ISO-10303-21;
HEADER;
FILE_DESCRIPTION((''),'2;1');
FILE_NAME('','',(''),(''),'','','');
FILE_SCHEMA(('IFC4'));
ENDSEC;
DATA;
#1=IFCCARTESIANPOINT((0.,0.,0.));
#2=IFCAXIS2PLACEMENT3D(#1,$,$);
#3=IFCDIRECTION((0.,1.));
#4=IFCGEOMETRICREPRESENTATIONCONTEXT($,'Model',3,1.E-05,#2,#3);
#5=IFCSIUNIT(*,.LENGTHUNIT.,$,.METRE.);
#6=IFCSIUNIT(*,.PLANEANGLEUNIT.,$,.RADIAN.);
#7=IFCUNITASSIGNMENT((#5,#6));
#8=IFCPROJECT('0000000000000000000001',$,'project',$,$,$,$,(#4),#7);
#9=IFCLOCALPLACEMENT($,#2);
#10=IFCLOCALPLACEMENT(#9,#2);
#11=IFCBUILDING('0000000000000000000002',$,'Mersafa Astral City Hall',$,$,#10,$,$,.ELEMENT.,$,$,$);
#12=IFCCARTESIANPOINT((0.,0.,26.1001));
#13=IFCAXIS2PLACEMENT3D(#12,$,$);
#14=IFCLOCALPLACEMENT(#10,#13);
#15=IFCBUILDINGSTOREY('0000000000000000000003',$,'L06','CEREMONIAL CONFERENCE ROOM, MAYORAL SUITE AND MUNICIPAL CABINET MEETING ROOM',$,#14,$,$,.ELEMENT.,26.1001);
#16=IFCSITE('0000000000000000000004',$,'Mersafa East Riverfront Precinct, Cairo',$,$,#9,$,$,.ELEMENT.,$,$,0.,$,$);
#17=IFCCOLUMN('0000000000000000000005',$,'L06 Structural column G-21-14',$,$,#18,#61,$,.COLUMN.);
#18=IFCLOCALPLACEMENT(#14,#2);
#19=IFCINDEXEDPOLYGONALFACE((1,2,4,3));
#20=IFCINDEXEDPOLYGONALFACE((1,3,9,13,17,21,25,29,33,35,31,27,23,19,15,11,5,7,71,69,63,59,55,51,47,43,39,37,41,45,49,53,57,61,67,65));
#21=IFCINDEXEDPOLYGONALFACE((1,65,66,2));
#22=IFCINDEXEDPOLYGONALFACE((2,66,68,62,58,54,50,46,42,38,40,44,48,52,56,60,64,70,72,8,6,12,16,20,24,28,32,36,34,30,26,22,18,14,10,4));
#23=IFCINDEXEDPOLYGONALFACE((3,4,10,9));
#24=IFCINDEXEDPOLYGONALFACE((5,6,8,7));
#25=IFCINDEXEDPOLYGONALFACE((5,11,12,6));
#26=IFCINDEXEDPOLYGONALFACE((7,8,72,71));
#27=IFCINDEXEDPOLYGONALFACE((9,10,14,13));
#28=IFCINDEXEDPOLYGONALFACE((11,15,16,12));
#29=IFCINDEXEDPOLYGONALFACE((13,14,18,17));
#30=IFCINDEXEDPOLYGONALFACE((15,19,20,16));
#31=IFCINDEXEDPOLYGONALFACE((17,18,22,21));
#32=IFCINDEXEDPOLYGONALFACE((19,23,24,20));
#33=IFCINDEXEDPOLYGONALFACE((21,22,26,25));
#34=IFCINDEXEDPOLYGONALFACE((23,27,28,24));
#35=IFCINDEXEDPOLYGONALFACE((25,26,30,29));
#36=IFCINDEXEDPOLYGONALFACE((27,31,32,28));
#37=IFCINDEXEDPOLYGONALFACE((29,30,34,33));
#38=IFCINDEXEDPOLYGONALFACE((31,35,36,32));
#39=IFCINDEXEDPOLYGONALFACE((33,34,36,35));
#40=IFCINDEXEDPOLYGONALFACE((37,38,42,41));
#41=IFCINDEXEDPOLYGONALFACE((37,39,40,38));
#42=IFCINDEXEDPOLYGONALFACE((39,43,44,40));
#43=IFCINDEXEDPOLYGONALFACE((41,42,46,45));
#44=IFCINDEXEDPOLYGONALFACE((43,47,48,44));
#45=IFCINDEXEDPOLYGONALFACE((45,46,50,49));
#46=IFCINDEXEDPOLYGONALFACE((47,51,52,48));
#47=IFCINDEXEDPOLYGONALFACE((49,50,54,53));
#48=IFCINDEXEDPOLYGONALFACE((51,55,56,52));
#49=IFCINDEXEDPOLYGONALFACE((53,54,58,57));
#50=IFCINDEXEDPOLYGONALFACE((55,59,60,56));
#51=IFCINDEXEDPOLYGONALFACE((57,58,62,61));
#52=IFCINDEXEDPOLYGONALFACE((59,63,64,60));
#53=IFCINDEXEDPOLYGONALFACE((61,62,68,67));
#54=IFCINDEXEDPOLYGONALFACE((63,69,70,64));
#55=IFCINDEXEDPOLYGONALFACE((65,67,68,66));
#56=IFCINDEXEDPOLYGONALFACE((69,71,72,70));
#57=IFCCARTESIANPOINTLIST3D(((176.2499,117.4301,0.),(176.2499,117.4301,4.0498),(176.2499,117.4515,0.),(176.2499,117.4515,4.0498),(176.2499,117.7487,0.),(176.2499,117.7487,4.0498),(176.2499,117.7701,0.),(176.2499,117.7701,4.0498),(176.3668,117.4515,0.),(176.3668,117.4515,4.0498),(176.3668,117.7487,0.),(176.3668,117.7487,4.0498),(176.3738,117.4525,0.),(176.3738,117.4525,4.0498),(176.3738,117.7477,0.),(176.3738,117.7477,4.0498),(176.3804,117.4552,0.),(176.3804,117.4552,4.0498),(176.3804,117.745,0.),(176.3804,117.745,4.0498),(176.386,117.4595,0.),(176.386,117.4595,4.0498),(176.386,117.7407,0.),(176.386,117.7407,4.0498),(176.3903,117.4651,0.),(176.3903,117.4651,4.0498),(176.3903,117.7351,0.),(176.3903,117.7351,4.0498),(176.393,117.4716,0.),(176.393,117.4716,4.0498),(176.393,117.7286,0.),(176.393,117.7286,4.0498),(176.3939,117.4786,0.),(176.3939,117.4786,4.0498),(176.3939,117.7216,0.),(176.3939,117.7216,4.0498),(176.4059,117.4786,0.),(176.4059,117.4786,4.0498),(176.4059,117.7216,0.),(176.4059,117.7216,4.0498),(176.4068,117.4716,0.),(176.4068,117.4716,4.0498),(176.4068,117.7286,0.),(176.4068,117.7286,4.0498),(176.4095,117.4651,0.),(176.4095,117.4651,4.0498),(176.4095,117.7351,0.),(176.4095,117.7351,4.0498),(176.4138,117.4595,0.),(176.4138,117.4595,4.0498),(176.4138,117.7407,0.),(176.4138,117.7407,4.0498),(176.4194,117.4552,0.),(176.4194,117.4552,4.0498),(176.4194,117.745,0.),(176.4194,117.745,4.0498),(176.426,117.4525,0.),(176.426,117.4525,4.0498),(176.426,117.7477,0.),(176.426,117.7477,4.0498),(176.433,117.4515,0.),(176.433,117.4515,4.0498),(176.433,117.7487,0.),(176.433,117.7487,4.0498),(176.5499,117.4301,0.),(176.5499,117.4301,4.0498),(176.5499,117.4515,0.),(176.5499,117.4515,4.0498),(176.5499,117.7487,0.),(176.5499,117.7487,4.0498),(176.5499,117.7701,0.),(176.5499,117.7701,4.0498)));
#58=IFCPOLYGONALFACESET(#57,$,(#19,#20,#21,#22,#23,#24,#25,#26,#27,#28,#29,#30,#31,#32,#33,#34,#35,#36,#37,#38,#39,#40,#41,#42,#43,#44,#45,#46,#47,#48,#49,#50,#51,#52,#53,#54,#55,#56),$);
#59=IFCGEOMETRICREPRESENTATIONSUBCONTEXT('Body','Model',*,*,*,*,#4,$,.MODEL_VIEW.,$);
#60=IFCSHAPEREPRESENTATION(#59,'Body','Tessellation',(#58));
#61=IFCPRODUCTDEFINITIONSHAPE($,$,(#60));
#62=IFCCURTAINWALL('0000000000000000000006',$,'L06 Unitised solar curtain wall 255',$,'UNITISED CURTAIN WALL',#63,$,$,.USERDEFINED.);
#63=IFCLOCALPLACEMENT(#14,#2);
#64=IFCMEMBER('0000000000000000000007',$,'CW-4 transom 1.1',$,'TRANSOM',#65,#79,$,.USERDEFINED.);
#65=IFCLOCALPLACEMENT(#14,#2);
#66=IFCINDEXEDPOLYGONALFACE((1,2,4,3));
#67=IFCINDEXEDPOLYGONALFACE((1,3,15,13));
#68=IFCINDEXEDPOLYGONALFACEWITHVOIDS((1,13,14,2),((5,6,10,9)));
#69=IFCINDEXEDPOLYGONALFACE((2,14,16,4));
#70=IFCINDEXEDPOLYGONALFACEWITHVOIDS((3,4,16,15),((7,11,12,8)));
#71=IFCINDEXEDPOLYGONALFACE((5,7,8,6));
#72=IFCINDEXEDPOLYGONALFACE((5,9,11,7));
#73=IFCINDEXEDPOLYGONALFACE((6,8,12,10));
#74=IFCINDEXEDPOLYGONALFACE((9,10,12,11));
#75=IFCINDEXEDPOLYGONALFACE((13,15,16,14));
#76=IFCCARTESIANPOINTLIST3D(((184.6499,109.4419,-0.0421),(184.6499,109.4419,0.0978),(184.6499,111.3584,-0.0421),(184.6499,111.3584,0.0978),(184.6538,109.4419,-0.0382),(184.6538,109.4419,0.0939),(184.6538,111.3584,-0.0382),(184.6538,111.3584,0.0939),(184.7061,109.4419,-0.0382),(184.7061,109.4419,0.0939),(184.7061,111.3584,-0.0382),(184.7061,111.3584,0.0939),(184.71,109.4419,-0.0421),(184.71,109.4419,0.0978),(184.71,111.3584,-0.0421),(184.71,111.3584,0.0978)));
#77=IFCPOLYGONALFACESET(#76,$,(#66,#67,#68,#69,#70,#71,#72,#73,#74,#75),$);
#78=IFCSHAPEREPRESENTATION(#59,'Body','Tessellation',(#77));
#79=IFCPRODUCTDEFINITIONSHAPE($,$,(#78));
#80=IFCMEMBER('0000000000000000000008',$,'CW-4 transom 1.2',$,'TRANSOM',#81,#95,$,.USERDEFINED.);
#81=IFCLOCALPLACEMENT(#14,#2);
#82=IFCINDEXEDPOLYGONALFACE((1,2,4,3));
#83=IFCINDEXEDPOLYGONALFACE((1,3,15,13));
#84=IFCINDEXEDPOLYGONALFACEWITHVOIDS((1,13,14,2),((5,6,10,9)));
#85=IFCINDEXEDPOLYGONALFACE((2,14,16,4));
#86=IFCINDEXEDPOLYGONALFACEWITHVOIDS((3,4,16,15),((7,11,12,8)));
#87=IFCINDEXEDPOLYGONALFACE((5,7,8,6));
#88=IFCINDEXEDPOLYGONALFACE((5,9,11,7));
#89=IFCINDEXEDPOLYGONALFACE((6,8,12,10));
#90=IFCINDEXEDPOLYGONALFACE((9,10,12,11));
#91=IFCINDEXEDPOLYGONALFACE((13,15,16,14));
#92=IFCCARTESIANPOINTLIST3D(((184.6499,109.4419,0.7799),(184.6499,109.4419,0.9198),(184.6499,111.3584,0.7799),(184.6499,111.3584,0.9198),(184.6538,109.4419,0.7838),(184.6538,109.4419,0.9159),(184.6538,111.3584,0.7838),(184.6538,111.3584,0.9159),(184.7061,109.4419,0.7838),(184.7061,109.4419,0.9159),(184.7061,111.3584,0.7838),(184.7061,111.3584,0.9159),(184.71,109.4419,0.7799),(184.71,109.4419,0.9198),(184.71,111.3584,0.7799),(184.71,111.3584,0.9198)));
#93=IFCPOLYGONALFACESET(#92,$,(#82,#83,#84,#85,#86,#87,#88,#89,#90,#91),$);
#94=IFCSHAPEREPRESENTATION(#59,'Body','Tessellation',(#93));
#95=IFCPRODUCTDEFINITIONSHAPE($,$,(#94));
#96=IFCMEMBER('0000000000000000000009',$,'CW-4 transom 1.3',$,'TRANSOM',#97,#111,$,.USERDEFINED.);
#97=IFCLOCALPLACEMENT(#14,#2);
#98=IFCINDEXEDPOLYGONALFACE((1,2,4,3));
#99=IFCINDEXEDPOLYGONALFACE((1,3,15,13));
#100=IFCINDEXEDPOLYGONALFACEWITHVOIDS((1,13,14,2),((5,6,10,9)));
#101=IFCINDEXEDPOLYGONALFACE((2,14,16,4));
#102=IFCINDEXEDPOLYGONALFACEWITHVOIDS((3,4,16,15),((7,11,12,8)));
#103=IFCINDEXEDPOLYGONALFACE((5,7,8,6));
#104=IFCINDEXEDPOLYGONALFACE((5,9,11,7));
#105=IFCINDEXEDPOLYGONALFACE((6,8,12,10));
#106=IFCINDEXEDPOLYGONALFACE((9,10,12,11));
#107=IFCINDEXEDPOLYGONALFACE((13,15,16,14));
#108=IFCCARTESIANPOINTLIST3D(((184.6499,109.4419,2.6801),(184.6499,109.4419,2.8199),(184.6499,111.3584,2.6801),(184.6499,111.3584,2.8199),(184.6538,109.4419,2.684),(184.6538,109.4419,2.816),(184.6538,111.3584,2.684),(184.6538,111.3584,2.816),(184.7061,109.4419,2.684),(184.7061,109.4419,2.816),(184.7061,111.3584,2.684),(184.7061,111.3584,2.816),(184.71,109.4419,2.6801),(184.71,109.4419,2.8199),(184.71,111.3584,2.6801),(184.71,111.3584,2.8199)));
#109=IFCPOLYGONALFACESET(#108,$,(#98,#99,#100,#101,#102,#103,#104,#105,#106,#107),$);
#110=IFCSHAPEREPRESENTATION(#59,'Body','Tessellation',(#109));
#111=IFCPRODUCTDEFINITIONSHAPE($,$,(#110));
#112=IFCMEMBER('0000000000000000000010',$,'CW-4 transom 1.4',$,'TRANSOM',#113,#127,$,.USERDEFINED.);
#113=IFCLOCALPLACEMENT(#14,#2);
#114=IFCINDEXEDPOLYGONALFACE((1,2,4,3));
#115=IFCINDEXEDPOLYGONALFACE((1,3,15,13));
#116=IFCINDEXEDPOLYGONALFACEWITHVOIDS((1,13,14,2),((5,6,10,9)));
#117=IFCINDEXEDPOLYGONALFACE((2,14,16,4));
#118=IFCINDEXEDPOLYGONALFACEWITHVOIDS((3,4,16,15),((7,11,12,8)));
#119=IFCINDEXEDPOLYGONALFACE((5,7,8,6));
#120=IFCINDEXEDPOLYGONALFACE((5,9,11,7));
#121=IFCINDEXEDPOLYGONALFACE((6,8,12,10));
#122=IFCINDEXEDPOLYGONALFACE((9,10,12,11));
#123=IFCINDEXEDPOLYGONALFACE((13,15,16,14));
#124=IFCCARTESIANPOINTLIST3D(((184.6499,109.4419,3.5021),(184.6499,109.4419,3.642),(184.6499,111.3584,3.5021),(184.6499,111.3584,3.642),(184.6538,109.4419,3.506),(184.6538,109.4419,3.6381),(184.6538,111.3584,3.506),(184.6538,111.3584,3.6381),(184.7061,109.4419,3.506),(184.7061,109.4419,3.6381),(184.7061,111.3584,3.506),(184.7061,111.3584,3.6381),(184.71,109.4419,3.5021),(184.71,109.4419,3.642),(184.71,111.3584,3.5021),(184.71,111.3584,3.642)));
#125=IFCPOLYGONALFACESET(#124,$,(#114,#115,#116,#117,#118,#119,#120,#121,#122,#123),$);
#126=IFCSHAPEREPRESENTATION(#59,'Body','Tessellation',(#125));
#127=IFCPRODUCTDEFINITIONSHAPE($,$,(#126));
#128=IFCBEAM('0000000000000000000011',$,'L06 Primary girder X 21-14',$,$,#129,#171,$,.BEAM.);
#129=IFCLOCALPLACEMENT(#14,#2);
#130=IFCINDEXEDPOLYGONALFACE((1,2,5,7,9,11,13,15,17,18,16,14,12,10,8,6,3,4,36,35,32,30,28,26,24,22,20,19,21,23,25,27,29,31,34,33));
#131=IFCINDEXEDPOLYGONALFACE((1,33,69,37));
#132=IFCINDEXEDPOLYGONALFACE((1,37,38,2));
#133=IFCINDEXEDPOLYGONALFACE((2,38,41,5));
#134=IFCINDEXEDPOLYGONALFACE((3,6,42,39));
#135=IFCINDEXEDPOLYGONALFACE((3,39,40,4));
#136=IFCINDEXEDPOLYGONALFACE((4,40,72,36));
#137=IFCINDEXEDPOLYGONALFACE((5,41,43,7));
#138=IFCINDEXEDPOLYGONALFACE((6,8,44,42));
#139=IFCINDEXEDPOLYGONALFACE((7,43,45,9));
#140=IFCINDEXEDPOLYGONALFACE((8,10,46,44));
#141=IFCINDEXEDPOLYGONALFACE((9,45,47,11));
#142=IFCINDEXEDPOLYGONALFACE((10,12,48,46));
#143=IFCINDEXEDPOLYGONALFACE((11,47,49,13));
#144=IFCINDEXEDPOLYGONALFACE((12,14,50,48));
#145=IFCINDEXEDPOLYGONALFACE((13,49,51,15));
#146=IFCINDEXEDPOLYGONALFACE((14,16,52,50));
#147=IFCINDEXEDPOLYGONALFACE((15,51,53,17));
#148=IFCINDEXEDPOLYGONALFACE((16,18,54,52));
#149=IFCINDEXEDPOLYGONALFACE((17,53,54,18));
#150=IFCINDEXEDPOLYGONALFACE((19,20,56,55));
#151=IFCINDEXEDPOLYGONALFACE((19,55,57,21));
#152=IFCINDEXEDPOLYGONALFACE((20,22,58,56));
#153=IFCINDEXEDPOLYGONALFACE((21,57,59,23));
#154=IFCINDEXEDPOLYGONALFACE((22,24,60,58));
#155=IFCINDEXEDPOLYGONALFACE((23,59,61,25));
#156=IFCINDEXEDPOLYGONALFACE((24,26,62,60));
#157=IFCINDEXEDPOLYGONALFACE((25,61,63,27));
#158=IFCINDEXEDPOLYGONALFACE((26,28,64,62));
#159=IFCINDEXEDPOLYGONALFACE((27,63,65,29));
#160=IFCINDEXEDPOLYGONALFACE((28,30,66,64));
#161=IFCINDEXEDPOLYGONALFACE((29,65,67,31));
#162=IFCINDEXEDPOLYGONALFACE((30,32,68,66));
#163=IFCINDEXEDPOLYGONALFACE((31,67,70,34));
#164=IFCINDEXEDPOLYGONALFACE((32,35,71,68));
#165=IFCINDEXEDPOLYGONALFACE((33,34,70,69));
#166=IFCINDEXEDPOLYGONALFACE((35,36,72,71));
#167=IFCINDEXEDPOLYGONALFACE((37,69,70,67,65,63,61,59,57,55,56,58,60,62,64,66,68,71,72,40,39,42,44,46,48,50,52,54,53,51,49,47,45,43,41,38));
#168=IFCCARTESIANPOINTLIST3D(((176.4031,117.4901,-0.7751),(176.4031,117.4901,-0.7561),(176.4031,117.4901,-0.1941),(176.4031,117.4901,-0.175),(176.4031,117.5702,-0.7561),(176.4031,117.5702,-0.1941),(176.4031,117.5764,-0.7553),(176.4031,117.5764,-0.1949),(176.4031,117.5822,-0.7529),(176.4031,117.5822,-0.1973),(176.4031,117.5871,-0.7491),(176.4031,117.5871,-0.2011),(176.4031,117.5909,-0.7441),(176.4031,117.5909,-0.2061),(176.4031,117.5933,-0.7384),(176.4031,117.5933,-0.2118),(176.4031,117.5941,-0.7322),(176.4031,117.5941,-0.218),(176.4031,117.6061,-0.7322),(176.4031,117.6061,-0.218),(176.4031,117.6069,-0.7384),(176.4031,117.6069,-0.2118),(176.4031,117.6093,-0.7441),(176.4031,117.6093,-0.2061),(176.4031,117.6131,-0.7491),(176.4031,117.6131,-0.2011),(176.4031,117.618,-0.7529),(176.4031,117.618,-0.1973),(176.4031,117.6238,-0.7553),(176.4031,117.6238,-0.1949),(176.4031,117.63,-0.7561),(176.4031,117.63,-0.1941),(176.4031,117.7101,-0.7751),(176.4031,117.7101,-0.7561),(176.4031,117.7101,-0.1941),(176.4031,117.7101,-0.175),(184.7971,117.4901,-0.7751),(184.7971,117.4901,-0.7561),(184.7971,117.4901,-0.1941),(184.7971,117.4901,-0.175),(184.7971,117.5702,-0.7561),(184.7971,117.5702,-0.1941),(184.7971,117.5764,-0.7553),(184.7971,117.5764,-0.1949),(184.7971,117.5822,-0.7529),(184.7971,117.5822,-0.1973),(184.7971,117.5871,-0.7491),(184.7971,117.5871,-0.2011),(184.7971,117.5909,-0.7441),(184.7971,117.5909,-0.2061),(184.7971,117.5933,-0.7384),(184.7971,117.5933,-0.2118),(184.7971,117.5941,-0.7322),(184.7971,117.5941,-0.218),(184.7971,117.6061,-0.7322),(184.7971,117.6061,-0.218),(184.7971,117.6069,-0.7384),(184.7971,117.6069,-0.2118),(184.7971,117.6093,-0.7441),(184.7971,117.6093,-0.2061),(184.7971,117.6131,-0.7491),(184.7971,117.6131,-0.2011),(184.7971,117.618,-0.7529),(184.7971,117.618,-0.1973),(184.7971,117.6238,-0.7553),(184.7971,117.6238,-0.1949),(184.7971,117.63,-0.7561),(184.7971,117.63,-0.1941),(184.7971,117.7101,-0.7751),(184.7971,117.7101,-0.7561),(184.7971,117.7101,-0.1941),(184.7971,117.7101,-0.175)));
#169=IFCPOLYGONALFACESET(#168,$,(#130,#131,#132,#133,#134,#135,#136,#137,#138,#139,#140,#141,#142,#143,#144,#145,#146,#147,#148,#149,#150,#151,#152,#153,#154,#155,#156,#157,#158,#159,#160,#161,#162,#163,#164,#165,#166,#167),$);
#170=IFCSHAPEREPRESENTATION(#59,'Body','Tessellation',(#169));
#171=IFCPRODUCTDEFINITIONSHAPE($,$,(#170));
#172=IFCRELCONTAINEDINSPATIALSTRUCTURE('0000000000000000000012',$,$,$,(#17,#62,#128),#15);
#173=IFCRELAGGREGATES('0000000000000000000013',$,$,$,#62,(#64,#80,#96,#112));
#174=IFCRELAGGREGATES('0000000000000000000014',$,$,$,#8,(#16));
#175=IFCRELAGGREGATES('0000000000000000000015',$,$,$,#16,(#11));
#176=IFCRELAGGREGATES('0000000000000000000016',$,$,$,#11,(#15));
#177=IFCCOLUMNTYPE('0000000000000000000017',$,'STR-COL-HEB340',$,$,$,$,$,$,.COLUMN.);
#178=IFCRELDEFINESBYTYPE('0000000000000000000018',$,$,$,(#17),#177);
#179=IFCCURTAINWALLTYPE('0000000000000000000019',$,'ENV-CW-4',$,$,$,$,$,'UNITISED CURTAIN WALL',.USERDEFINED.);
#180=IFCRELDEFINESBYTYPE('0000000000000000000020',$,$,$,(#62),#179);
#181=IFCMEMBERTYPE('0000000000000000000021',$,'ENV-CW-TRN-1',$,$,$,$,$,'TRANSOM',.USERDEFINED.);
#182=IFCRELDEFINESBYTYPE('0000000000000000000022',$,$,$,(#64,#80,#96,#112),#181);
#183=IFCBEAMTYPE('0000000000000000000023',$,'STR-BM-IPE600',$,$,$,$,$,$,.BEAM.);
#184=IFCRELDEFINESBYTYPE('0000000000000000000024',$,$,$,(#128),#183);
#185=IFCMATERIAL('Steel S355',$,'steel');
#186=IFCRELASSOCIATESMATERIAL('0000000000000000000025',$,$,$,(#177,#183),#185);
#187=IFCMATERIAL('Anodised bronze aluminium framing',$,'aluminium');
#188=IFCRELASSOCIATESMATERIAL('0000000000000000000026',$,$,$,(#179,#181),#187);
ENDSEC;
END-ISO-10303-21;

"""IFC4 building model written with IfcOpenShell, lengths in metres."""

from ifc_helpers import new_model, si_unit, direction, frame, origin, origin_2d, place, context, subcontext, project, spatial, hollow_rectangle, i_section, extrude, material, material_profile, profile_set, type_object, element, aggregate, save


model = new_model("IFC4")

# Units and contexts
model_context = context("Model", 3, precision=1e-05, world=origin(), true_north=direction((0.0, 1.0)))
body_context = subcontext(model_context, "Body", "Model", "MODEL_VIEW")
ifc_project = project(units=[si_unit("LENGTHUNIT", "METRE"), si_unit("PLANEANGLEUNIT", "RADIAN")], contexts=[model_context])

# Site, building, storey
site_placement = place(None, origin())
site = spatial("IfcSite", under=ifc_project, at=site_placement, Name="Mersafa East Riverfront Precinct, Cairo", CompositionType="ELEMENT", RefElevation=0.0)
building_placement = place(site_placement, origin())
building = spatial("IfcBuilding", under=site, at=building_placement, Name="Mersafa Astral City Hall", CompositionType="ELEMENT")
storey_placement = place(building_placement, frame((0.0, 0.0, 26.1001)))
storey = spatial("IfcBuildingStorey", under=building, at=storey_placement, Name="L06", Description="CEREMONIAL CONFERENCE ROOM, MAYORAL SUITE AND MUNICIPAL CABINET MEETING ROOM", CompositionType="ELEMENT", Elevation=26.1001)

# Column
ifc_material_1 = material(Name="Steel S355", Category="steel")
ifc_material_profile_1 = material_profile(ifc_material_1, i_section(OverallWidth=0.3, OverallDepth=0.3401, WebThickness=0.012, FlangeThickness=0.0215, FilletRadius=0.0271, at=origin_2d()), Name="HEB 340")
ifc_profile_set_1 = profile_set([ifc_material_profile_1], Name="Steel S355")
column_type = type_object("IfcColumnType", Name="STR-COL-HEB340", PredefinedType="COLUMN", material=ifc_profile_set_1)
column_placement = place(storey_placement, frame((176.3999, 117.6001, 0.0), z_axis=(0.0, 0.0, 1.0), x_axis=(1.0, 0.0, 0.0)))
element("IfcColumn", 1, at=column_placement, inside=storey, type_object=column_type, Name="L06 Structural column G-21-14", PredefinedType="COLUMN", context=body_context, shape_type="SweptSolid", body=[
    extrude(i_section(OverallWidth=0.3, OverallDepth=0.3401, WebThickness=0.012, FlangeThickness=0.0215, FilletRadius=0.0271, at=origin_2d()), origin(), (0.0, 0.0, 1.0), 4.0498),
])

# Curtain wall, members
ifc_material_2 = material(Name="Anodised bronze aluminium framing", Category="aluminium")
curtain_wall_type = type_object("IfcCurtainWallType", Name="ENV-CW-4", ElementType="UNITISED CURTAIN WALL", PredefinedType="USERDEFINED", material=ifc_material_2)
curtain_wall_placement = place(storey_placement, origin())
curtain_wall = element("IfcCurtainWall", 2, at=curtain_wall_placement, inside=storey, type_object=curtain_wall_type, Name="L06 Unitised solar curtain wall 255", ObjectType="UNITISED CURTAIN WALL", PredefinedType="USERDEFINED")
ifc_material_profile_2 = material_profile(ifc_material_2, hollow_rectangle(XDim=0.0601, YDim=0.1399, WallThickness=0.0039, at=origin_2d()), Name="RHS 60x140x4")
ifc_profile_set_2 = profile_set([ifc_material_profile_2], Name="Anodised bronze aluminium framing")
member_type = type_object("IfcMemberType", Name="ENV-CW-TRN-1", ElementType="TRANSOM", PredefinedType="USERDEFINED", material=ifc_profile_set_2)
member_1_placement = place(storey_placement, frame((184.6799, 109.4419, 0.0278), z_axis=(0.0, 1.0, 0.0), x_axis=(-1.0, 0.0, 0.0)))
member_1 = element("IfcMember", 3, at=member_1_placement, type_object=member_type, Name="CW-4 transom 1.1", ObjectType="TRANSOM", PredefinedType="USERDEFINED", context=body_context, shape_type="SweptSolid", body=[
    extrude(hollow_rectangle(XDim=0.0601, YDim=0.1399, WallThickness=0.0039, at=origin_2d()), origin(), (0.0, 0.0, 1.0), 1.9165),
])
member_2_placement = place(storey_placement, frame((184.6799, 109.4419, 0.8499), z_axis=(0.0, 1.0, 0.0), x_axis=(-1.0, 0.0, 0.0)))
member_2 = element("IfcMember", 4, at=member_2_placement, type_object=member_type, Name="CW-4 transom 1.2", ObjectType="TRANSOM", PredefinedType="USERDEFINED", context=body_context, shape_type="SweptSolid", body=[
    extrude(hollow_rectangle(XDim=0.0601, YDim=0.1399, WallThickness=0.0039, at=origin_2d()), origin(), (0.0, 0.0, 1.0), 1.9165),
])
member_3_placement = place(storey_placement, frame((184.6799, 109.4419, 2.75), z_axis=(0.0, 1.0, 0.0), x_axis=(-1.0, 0.0, 0.0)))
member_3 = element("IfcMember", 5, at=member_3_placement, type_object=member_type, Name="CW-4 transom 1.3", ObjectType="TRANSOM", PredefinedType="USERDEFINED", context=body_context, shape_type="SweptSolid", body=[
    extrude(hollow_rectangle(XDim=0.0601, YDim=0.1399, WallThickness=0.0039, at=origin_2d()), origin(), (0.0, 0.0, 1.0), 1.9165),
])
member_4_placement = place(storey_placement, frame((184.6799, 109.4419, 3.572), z_axis=(0.0, 1.0, 0.0), x_axis=(-1.0, 0.0, 0.0)))
member_4 = element("IfcMember", 6, at=member_4_placement, type_object=member_type, Name="CW-4 transom 1.4", ObjectType="TRANSOM", PredefinedType="USERDEFINED", context=body_context, shape_type="SweptSolid", body=[
    extrude(hollow_rectangle(XDim=0.0601, YDim=0.1399, WallThickness=0.0039, at=origin_2d()), origin(), (0.0, 0.0, 1.0), 1.9165),
])
aggregate(curtain_wall, [member_1, member_2, member_3, member_4])

# Beam
ifc_material_profile_3 = material_profile(ifc_material_1, i_section(OverallWidth=0.22, OverallDepth=0.6001, WebThickness=0.012, FlangeThickness=0.019, FilletRadius=0.0239, at=origin_2d()), Name="IPE 600")
ifc_profile_set_3 = profile_set([ifc_material_profile_3], Name="Steel S355")
beam_type_1 = type_object("IfcBeamType", Name="STR-BM-IPE600", PredefinedType="BEAM", material=ifc_profile_set_3)
beam_1_placement = place(storey_placement, frame((176.4031, 117.6001, -0.4751), z_axis=(1.0, 0.0, 0.0), x_axis=(0.0, 1.0, 0.0)))
element("IfcBeam", 7, at=beam_1_placement, inside=storey, type_object=beam_type_1, Name="L06 Primary girder X 21-14", PredefinedType="BEAM", context=body_context, shape_type="SweptSolid", body=[
    extrude(i_section(OverallWidth=0.22, OverallDepth=0.6001, WebThickness=0.012, FlangeThickness=0.019, FilletRadius=0.0239, at=origin_2d()), origin(), (0.0, 0.0, 1.0), 8.394),
])

save(model, "model.ifc")
